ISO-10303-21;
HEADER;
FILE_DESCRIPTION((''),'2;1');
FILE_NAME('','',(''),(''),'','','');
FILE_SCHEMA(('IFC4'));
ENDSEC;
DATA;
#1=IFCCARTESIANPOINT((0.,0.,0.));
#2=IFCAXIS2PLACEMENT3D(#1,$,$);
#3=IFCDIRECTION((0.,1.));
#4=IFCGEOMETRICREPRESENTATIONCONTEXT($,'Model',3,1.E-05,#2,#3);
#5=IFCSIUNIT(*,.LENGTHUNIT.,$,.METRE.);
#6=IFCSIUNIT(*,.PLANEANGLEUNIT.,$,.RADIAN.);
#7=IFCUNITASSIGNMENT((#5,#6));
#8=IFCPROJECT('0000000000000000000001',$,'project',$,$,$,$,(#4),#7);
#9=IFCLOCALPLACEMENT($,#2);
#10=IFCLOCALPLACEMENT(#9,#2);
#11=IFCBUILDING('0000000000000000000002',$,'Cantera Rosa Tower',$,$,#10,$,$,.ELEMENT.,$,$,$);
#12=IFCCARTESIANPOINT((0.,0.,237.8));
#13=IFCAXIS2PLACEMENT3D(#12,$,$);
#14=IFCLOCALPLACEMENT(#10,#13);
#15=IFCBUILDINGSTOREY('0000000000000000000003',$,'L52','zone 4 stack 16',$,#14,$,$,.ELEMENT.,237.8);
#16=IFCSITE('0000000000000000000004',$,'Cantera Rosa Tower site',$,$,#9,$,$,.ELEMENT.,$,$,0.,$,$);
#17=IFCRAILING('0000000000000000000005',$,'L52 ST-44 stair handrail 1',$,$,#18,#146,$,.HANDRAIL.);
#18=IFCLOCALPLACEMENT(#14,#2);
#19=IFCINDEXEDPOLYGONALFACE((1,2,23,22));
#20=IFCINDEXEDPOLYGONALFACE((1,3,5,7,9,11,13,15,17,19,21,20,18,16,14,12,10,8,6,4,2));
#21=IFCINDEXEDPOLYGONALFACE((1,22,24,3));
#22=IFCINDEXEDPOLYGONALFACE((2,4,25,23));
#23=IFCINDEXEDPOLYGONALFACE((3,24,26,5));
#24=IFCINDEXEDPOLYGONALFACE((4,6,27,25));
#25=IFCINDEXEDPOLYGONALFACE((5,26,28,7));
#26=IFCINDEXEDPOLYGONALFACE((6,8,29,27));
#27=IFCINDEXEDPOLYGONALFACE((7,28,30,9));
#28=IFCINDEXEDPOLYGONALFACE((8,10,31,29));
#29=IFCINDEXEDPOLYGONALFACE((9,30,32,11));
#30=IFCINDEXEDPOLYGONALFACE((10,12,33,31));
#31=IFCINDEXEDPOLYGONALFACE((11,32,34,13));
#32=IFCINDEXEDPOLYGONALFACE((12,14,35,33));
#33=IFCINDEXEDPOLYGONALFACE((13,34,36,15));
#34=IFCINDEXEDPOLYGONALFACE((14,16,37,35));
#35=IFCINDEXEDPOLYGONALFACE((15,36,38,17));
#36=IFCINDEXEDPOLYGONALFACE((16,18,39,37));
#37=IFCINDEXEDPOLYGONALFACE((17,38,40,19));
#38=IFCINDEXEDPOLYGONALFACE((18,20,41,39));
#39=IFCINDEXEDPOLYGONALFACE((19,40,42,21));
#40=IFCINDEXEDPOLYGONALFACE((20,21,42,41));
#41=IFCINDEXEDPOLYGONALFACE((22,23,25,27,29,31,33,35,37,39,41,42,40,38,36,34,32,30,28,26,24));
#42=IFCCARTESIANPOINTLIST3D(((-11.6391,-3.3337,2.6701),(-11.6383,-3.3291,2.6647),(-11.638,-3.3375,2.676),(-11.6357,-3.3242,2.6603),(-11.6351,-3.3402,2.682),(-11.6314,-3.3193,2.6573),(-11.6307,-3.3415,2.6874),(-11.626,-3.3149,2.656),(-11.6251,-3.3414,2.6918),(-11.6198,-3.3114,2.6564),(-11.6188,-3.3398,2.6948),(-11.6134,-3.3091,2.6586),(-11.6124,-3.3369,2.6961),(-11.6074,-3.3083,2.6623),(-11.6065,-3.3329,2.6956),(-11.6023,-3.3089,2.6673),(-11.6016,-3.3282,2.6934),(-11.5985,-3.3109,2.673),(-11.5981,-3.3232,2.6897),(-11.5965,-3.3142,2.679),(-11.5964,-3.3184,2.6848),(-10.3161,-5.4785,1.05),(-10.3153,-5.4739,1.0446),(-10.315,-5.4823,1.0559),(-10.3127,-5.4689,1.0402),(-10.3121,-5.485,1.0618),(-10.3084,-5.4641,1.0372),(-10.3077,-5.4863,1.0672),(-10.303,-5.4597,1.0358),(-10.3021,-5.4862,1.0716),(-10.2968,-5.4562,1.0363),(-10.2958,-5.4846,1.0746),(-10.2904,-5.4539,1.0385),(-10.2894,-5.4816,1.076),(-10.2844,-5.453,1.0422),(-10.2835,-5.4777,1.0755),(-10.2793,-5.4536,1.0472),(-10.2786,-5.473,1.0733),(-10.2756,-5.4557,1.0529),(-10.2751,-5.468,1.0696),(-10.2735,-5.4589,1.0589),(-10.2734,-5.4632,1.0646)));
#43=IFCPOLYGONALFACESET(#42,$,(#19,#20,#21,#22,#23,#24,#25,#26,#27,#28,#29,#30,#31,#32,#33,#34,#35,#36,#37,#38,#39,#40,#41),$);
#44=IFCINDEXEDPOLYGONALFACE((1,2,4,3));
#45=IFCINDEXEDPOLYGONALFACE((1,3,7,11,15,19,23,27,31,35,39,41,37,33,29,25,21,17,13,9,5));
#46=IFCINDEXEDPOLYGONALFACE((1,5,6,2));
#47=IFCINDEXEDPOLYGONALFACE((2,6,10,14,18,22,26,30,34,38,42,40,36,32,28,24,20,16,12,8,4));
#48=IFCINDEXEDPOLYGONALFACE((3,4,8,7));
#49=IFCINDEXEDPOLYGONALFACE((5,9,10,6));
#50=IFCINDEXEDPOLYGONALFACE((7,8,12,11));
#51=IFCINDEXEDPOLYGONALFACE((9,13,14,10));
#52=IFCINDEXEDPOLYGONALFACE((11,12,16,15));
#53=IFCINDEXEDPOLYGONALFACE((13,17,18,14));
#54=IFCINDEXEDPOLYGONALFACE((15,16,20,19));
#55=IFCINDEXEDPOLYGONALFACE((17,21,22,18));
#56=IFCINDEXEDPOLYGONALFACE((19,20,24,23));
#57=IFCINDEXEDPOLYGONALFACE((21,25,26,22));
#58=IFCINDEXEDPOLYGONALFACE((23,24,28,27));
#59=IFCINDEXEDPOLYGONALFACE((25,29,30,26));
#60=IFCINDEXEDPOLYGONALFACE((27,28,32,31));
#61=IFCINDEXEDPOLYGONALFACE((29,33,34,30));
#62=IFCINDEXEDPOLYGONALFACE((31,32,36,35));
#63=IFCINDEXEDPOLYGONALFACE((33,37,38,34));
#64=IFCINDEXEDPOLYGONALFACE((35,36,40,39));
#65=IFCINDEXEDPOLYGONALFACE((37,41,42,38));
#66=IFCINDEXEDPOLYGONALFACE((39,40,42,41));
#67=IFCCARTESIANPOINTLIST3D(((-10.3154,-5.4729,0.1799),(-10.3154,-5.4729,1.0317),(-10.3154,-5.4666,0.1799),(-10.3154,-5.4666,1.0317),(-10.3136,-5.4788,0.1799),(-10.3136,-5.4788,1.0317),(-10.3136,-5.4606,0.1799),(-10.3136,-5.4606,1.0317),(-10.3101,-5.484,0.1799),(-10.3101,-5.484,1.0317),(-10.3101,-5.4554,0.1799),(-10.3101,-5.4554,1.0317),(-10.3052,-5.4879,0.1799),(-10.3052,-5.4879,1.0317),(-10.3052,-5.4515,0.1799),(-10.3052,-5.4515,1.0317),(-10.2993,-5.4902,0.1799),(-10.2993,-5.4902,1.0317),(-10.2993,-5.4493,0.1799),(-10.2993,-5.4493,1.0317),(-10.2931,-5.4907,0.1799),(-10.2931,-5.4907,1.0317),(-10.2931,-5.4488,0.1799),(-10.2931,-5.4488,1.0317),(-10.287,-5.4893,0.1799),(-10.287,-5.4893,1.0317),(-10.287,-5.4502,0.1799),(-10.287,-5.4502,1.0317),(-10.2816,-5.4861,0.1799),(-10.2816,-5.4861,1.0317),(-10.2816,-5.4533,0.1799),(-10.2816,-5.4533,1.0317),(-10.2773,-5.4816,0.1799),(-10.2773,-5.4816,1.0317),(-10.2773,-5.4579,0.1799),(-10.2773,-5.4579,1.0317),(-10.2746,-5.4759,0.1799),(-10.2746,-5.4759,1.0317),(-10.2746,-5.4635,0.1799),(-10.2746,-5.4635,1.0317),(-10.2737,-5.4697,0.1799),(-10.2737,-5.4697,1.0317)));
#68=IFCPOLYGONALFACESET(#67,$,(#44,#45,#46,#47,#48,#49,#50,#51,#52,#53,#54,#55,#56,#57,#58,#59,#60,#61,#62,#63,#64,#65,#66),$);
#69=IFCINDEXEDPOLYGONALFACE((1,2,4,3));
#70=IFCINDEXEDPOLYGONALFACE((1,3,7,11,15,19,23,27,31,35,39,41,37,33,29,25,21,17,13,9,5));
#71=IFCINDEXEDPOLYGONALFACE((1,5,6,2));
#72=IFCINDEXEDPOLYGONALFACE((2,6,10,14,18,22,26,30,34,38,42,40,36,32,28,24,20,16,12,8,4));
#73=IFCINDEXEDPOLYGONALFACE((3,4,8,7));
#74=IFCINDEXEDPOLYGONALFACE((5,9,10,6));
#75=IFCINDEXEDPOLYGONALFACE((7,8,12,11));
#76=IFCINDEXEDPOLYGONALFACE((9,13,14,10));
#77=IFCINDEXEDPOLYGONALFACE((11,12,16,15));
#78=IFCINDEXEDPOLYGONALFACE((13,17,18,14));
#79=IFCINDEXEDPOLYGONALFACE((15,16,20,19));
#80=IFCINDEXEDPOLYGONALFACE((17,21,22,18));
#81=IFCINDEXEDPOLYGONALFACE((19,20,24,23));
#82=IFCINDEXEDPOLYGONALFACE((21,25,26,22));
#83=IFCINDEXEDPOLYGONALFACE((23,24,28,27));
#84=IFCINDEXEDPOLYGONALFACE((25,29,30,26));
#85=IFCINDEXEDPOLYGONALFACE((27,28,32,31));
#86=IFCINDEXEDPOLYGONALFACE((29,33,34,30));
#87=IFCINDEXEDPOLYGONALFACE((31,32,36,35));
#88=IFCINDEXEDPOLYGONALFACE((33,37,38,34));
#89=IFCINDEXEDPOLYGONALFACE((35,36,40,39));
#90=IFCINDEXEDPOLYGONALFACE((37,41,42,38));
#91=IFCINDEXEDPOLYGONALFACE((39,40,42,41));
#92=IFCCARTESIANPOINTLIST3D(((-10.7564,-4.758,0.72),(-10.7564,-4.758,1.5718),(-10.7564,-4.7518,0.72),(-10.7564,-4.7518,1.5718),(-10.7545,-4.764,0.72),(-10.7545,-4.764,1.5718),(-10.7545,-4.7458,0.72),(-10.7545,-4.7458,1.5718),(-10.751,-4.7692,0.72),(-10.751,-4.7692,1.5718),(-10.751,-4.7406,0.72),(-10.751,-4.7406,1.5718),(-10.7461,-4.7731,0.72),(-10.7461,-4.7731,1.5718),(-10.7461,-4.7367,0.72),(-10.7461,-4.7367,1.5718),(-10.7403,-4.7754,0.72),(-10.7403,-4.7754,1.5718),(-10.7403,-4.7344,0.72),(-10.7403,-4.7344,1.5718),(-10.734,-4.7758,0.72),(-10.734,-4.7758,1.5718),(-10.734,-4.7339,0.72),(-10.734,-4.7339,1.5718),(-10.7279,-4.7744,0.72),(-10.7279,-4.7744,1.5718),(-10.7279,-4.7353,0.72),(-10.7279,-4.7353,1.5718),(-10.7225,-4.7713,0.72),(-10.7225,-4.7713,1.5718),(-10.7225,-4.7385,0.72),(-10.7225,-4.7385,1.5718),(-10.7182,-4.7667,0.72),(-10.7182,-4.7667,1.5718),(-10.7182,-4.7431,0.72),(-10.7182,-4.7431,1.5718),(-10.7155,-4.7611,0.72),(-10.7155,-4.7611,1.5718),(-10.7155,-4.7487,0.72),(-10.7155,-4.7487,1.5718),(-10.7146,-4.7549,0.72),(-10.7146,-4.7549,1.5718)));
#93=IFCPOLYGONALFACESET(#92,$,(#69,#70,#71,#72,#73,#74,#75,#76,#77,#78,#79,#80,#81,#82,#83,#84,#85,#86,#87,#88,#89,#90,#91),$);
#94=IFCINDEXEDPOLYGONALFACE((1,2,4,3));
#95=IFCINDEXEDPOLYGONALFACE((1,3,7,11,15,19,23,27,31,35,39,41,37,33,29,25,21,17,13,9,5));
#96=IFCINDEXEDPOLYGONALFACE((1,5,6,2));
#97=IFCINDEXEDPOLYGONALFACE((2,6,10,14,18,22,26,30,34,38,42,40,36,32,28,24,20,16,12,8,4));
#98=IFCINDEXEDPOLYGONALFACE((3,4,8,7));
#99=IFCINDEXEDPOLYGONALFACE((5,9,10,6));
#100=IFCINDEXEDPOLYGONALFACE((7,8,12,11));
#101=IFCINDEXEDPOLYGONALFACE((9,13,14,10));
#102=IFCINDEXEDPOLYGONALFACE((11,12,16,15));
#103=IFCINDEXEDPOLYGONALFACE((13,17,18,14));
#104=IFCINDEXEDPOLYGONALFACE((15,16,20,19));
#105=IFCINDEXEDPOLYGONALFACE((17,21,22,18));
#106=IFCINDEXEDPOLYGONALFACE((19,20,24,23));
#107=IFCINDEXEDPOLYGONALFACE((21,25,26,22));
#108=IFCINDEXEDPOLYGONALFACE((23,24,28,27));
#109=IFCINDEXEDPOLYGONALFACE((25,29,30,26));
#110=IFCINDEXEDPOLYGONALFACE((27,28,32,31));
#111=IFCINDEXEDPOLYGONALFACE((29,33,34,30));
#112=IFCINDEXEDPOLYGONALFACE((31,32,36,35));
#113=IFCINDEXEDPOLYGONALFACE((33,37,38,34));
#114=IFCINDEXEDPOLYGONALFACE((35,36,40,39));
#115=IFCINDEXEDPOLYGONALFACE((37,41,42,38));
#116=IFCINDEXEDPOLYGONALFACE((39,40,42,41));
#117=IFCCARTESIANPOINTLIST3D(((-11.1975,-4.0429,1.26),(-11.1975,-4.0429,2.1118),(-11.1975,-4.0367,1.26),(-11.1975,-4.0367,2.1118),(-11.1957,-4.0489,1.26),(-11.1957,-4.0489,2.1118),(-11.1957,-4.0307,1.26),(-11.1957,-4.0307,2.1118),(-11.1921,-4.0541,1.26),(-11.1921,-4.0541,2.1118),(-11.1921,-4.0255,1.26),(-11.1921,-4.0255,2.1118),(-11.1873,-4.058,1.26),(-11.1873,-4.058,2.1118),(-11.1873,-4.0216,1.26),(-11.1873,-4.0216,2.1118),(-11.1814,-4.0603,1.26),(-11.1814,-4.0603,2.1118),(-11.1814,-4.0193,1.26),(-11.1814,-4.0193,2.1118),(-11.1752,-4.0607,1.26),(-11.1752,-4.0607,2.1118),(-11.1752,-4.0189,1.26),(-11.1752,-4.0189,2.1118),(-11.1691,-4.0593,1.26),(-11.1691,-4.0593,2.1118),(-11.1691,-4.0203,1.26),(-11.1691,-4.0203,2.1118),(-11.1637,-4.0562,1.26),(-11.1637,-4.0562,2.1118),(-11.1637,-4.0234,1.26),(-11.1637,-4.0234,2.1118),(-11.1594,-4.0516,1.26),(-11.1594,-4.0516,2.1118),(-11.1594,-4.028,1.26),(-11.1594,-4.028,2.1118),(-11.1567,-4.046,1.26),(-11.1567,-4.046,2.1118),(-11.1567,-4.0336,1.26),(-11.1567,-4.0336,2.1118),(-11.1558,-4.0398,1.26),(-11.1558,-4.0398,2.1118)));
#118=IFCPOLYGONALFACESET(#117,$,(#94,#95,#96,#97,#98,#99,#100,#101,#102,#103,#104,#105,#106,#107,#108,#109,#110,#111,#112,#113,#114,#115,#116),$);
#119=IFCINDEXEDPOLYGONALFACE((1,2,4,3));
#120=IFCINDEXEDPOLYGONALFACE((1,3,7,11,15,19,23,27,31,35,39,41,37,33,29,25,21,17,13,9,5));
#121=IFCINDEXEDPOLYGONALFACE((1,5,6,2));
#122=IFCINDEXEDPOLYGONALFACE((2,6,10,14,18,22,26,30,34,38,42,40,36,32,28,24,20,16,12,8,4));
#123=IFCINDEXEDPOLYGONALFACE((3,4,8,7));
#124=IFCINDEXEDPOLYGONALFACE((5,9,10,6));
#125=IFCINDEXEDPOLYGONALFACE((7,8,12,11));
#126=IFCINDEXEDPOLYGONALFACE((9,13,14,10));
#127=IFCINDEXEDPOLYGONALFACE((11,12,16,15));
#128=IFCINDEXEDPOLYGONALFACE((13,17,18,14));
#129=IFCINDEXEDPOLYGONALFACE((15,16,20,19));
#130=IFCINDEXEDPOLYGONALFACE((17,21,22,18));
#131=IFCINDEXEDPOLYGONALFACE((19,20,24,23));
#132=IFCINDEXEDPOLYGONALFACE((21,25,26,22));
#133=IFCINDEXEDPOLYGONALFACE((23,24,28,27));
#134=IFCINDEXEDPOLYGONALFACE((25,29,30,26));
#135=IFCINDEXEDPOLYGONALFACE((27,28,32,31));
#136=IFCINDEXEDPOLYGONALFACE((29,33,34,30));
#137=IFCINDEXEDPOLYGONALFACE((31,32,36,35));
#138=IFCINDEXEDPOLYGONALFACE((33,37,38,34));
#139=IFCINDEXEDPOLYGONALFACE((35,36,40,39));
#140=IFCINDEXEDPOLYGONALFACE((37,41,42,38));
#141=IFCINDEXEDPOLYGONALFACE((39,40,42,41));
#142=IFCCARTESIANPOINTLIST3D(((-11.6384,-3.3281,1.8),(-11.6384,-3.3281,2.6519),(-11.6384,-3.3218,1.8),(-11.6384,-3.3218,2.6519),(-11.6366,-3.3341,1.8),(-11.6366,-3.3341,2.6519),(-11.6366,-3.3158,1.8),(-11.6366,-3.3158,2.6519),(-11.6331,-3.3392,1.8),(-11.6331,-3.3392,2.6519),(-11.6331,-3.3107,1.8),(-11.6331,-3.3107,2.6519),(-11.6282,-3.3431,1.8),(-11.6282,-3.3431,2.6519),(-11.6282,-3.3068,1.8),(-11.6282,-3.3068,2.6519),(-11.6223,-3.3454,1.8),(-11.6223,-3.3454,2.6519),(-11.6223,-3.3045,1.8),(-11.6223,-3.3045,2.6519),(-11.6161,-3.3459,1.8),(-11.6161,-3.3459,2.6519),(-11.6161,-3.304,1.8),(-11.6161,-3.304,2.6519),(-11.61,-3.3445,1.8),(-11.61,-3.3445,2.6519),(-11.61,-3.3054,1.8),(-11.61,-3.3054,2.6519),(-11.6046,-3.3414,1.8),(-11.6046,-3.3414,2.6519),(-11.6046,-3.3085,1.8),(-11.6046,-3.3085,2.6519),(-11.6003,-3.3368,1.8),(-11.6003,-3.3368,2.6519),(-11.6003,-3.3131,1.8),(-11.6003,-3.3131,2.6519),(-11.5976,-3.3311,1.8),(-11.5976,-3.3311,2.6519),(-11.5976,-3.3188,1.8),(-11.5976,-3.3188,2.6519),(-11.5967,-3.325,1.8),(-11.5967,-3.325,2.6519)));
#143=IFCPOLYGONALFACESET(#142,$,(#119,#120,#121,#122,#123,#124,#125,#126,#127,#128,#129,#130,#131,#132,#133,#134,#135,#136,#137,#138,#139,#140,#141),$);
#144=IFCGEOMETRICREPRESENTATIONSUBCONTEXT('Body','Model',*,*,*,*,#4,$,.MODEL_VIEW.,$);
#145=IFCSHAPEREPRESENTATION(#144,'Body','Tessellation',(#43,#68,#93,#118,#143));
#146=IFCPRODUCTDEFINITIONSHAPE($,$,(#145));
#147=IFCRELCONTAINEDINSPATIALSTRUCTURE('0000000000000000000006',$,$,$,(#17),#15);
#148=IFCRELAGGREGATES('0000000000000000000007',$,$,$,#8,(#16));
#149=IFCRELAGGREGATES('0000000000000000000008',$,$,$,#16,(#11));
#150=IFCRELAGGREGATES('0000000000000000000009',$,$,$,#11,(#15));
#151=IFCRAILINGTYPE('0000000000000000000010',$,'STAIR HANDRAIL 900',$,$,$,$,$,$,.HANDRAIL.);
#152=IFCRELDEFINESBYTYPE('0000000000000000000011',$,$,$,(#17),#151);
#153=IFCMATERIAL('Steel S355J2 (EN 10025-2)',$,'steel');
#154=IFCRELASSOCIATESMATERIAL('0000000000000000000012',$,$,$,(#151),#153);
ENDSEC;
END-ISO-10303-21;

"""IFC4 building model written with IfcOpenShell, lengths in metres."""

from ifc_helpers import new_model, si_unit, direction, frame, origin, origin_2d, place, context, subcontext, project, spatial, circle, extrude, material, type_object, element, save


model = new_model("IFC4")

# Units and contexts
model_context = context("Model", 3, precision=1e-05, world=origin(), true_north=direction((0.0, 1.0)))
body_context = subcontext(model_context, "Body", "Model", "MODEL_VIEW")
ifc_project = project(units=[si_unit("LENGTHUNIT", "METRE"), si_unit("PLANEANGLEUNIT", "RADIAN")], contexts=[model_context])

# Site, building, storey
site_placement = place(None, origin())
site = spatial("IfcSite", under=ifc_project, at=site_placement, Name="Cantera Rosa Tower site", CompositionType="ELEMENT", RefElevation=0.0)
building_placement = place(site_placement, origin())
building = spatial("IfcBuilding", under=site, at=building_placement, Name="Cantera Rosa Tower", CompositionType="ELEMENT")
storey_placement = place(building_placement, frame((0.0, 0.0, 237.8)))
storey = spatial("IfcBuildingStorey", under=building, at=storey_placement, Name="L52", Description="zone 4 stack 16", CompositionType="ELEMENT", Elevation=237.8)

# Railing
ifc_material_1 = material(Name="Steel S355J2 (EN 10025-2)", Category="steel")
railing_type_1 = type_object("IfcRailingType", Name="STAIR HANDRAIL 900", PredefinedType="HANDRAIL", material=ifc_material_1)
railing_1_placement = place(storey_placement, frame((-10.2947, -5.4697, 0.1799)))
element("IfcRailing", 1, at=railing_1_placement, inside=storey, type_object=railing_type_1, Name="L52 ST-44 stair handrail 1", PredefinedType="HANDRAIL", context=body_context, shape_type="SweptSolid", body=[
    extrude(circle(Radius=0.0239, at=origin_2d()), frame((0.0, 0.0, 0.876), z_axis=(-0.441609, 0.715914, 0.540786), x_axis=(-0.851102, -0.525, 0.0)), (0.0, 0.0, 1.0), 2.9958),
    extrude(circle(Radius=0.021, at=origin_2d()), origin(), (0.0, 0.0, 1.0), 0.8518),
    extrude(circle(Radius=0.021, at=origin_2d()), frame((-0.4409, 0.7148, 0.54)), (0.0, 0.0, 1.0), 0.8518),
    extrude(circle(Radius=0.021, at=origin_2d()), frame((-0.8821, 1.4299, 1.0801)), (0.0, 0.0, 1.0), 0.8518),
    extrude(circle(Radius=0.021, at=origin_2d()), frame((-1.323, 2.1448, 1.6201)), (0.0, 0.0, 1.0), 0.8518),
])

save(model, "model.ifc")
